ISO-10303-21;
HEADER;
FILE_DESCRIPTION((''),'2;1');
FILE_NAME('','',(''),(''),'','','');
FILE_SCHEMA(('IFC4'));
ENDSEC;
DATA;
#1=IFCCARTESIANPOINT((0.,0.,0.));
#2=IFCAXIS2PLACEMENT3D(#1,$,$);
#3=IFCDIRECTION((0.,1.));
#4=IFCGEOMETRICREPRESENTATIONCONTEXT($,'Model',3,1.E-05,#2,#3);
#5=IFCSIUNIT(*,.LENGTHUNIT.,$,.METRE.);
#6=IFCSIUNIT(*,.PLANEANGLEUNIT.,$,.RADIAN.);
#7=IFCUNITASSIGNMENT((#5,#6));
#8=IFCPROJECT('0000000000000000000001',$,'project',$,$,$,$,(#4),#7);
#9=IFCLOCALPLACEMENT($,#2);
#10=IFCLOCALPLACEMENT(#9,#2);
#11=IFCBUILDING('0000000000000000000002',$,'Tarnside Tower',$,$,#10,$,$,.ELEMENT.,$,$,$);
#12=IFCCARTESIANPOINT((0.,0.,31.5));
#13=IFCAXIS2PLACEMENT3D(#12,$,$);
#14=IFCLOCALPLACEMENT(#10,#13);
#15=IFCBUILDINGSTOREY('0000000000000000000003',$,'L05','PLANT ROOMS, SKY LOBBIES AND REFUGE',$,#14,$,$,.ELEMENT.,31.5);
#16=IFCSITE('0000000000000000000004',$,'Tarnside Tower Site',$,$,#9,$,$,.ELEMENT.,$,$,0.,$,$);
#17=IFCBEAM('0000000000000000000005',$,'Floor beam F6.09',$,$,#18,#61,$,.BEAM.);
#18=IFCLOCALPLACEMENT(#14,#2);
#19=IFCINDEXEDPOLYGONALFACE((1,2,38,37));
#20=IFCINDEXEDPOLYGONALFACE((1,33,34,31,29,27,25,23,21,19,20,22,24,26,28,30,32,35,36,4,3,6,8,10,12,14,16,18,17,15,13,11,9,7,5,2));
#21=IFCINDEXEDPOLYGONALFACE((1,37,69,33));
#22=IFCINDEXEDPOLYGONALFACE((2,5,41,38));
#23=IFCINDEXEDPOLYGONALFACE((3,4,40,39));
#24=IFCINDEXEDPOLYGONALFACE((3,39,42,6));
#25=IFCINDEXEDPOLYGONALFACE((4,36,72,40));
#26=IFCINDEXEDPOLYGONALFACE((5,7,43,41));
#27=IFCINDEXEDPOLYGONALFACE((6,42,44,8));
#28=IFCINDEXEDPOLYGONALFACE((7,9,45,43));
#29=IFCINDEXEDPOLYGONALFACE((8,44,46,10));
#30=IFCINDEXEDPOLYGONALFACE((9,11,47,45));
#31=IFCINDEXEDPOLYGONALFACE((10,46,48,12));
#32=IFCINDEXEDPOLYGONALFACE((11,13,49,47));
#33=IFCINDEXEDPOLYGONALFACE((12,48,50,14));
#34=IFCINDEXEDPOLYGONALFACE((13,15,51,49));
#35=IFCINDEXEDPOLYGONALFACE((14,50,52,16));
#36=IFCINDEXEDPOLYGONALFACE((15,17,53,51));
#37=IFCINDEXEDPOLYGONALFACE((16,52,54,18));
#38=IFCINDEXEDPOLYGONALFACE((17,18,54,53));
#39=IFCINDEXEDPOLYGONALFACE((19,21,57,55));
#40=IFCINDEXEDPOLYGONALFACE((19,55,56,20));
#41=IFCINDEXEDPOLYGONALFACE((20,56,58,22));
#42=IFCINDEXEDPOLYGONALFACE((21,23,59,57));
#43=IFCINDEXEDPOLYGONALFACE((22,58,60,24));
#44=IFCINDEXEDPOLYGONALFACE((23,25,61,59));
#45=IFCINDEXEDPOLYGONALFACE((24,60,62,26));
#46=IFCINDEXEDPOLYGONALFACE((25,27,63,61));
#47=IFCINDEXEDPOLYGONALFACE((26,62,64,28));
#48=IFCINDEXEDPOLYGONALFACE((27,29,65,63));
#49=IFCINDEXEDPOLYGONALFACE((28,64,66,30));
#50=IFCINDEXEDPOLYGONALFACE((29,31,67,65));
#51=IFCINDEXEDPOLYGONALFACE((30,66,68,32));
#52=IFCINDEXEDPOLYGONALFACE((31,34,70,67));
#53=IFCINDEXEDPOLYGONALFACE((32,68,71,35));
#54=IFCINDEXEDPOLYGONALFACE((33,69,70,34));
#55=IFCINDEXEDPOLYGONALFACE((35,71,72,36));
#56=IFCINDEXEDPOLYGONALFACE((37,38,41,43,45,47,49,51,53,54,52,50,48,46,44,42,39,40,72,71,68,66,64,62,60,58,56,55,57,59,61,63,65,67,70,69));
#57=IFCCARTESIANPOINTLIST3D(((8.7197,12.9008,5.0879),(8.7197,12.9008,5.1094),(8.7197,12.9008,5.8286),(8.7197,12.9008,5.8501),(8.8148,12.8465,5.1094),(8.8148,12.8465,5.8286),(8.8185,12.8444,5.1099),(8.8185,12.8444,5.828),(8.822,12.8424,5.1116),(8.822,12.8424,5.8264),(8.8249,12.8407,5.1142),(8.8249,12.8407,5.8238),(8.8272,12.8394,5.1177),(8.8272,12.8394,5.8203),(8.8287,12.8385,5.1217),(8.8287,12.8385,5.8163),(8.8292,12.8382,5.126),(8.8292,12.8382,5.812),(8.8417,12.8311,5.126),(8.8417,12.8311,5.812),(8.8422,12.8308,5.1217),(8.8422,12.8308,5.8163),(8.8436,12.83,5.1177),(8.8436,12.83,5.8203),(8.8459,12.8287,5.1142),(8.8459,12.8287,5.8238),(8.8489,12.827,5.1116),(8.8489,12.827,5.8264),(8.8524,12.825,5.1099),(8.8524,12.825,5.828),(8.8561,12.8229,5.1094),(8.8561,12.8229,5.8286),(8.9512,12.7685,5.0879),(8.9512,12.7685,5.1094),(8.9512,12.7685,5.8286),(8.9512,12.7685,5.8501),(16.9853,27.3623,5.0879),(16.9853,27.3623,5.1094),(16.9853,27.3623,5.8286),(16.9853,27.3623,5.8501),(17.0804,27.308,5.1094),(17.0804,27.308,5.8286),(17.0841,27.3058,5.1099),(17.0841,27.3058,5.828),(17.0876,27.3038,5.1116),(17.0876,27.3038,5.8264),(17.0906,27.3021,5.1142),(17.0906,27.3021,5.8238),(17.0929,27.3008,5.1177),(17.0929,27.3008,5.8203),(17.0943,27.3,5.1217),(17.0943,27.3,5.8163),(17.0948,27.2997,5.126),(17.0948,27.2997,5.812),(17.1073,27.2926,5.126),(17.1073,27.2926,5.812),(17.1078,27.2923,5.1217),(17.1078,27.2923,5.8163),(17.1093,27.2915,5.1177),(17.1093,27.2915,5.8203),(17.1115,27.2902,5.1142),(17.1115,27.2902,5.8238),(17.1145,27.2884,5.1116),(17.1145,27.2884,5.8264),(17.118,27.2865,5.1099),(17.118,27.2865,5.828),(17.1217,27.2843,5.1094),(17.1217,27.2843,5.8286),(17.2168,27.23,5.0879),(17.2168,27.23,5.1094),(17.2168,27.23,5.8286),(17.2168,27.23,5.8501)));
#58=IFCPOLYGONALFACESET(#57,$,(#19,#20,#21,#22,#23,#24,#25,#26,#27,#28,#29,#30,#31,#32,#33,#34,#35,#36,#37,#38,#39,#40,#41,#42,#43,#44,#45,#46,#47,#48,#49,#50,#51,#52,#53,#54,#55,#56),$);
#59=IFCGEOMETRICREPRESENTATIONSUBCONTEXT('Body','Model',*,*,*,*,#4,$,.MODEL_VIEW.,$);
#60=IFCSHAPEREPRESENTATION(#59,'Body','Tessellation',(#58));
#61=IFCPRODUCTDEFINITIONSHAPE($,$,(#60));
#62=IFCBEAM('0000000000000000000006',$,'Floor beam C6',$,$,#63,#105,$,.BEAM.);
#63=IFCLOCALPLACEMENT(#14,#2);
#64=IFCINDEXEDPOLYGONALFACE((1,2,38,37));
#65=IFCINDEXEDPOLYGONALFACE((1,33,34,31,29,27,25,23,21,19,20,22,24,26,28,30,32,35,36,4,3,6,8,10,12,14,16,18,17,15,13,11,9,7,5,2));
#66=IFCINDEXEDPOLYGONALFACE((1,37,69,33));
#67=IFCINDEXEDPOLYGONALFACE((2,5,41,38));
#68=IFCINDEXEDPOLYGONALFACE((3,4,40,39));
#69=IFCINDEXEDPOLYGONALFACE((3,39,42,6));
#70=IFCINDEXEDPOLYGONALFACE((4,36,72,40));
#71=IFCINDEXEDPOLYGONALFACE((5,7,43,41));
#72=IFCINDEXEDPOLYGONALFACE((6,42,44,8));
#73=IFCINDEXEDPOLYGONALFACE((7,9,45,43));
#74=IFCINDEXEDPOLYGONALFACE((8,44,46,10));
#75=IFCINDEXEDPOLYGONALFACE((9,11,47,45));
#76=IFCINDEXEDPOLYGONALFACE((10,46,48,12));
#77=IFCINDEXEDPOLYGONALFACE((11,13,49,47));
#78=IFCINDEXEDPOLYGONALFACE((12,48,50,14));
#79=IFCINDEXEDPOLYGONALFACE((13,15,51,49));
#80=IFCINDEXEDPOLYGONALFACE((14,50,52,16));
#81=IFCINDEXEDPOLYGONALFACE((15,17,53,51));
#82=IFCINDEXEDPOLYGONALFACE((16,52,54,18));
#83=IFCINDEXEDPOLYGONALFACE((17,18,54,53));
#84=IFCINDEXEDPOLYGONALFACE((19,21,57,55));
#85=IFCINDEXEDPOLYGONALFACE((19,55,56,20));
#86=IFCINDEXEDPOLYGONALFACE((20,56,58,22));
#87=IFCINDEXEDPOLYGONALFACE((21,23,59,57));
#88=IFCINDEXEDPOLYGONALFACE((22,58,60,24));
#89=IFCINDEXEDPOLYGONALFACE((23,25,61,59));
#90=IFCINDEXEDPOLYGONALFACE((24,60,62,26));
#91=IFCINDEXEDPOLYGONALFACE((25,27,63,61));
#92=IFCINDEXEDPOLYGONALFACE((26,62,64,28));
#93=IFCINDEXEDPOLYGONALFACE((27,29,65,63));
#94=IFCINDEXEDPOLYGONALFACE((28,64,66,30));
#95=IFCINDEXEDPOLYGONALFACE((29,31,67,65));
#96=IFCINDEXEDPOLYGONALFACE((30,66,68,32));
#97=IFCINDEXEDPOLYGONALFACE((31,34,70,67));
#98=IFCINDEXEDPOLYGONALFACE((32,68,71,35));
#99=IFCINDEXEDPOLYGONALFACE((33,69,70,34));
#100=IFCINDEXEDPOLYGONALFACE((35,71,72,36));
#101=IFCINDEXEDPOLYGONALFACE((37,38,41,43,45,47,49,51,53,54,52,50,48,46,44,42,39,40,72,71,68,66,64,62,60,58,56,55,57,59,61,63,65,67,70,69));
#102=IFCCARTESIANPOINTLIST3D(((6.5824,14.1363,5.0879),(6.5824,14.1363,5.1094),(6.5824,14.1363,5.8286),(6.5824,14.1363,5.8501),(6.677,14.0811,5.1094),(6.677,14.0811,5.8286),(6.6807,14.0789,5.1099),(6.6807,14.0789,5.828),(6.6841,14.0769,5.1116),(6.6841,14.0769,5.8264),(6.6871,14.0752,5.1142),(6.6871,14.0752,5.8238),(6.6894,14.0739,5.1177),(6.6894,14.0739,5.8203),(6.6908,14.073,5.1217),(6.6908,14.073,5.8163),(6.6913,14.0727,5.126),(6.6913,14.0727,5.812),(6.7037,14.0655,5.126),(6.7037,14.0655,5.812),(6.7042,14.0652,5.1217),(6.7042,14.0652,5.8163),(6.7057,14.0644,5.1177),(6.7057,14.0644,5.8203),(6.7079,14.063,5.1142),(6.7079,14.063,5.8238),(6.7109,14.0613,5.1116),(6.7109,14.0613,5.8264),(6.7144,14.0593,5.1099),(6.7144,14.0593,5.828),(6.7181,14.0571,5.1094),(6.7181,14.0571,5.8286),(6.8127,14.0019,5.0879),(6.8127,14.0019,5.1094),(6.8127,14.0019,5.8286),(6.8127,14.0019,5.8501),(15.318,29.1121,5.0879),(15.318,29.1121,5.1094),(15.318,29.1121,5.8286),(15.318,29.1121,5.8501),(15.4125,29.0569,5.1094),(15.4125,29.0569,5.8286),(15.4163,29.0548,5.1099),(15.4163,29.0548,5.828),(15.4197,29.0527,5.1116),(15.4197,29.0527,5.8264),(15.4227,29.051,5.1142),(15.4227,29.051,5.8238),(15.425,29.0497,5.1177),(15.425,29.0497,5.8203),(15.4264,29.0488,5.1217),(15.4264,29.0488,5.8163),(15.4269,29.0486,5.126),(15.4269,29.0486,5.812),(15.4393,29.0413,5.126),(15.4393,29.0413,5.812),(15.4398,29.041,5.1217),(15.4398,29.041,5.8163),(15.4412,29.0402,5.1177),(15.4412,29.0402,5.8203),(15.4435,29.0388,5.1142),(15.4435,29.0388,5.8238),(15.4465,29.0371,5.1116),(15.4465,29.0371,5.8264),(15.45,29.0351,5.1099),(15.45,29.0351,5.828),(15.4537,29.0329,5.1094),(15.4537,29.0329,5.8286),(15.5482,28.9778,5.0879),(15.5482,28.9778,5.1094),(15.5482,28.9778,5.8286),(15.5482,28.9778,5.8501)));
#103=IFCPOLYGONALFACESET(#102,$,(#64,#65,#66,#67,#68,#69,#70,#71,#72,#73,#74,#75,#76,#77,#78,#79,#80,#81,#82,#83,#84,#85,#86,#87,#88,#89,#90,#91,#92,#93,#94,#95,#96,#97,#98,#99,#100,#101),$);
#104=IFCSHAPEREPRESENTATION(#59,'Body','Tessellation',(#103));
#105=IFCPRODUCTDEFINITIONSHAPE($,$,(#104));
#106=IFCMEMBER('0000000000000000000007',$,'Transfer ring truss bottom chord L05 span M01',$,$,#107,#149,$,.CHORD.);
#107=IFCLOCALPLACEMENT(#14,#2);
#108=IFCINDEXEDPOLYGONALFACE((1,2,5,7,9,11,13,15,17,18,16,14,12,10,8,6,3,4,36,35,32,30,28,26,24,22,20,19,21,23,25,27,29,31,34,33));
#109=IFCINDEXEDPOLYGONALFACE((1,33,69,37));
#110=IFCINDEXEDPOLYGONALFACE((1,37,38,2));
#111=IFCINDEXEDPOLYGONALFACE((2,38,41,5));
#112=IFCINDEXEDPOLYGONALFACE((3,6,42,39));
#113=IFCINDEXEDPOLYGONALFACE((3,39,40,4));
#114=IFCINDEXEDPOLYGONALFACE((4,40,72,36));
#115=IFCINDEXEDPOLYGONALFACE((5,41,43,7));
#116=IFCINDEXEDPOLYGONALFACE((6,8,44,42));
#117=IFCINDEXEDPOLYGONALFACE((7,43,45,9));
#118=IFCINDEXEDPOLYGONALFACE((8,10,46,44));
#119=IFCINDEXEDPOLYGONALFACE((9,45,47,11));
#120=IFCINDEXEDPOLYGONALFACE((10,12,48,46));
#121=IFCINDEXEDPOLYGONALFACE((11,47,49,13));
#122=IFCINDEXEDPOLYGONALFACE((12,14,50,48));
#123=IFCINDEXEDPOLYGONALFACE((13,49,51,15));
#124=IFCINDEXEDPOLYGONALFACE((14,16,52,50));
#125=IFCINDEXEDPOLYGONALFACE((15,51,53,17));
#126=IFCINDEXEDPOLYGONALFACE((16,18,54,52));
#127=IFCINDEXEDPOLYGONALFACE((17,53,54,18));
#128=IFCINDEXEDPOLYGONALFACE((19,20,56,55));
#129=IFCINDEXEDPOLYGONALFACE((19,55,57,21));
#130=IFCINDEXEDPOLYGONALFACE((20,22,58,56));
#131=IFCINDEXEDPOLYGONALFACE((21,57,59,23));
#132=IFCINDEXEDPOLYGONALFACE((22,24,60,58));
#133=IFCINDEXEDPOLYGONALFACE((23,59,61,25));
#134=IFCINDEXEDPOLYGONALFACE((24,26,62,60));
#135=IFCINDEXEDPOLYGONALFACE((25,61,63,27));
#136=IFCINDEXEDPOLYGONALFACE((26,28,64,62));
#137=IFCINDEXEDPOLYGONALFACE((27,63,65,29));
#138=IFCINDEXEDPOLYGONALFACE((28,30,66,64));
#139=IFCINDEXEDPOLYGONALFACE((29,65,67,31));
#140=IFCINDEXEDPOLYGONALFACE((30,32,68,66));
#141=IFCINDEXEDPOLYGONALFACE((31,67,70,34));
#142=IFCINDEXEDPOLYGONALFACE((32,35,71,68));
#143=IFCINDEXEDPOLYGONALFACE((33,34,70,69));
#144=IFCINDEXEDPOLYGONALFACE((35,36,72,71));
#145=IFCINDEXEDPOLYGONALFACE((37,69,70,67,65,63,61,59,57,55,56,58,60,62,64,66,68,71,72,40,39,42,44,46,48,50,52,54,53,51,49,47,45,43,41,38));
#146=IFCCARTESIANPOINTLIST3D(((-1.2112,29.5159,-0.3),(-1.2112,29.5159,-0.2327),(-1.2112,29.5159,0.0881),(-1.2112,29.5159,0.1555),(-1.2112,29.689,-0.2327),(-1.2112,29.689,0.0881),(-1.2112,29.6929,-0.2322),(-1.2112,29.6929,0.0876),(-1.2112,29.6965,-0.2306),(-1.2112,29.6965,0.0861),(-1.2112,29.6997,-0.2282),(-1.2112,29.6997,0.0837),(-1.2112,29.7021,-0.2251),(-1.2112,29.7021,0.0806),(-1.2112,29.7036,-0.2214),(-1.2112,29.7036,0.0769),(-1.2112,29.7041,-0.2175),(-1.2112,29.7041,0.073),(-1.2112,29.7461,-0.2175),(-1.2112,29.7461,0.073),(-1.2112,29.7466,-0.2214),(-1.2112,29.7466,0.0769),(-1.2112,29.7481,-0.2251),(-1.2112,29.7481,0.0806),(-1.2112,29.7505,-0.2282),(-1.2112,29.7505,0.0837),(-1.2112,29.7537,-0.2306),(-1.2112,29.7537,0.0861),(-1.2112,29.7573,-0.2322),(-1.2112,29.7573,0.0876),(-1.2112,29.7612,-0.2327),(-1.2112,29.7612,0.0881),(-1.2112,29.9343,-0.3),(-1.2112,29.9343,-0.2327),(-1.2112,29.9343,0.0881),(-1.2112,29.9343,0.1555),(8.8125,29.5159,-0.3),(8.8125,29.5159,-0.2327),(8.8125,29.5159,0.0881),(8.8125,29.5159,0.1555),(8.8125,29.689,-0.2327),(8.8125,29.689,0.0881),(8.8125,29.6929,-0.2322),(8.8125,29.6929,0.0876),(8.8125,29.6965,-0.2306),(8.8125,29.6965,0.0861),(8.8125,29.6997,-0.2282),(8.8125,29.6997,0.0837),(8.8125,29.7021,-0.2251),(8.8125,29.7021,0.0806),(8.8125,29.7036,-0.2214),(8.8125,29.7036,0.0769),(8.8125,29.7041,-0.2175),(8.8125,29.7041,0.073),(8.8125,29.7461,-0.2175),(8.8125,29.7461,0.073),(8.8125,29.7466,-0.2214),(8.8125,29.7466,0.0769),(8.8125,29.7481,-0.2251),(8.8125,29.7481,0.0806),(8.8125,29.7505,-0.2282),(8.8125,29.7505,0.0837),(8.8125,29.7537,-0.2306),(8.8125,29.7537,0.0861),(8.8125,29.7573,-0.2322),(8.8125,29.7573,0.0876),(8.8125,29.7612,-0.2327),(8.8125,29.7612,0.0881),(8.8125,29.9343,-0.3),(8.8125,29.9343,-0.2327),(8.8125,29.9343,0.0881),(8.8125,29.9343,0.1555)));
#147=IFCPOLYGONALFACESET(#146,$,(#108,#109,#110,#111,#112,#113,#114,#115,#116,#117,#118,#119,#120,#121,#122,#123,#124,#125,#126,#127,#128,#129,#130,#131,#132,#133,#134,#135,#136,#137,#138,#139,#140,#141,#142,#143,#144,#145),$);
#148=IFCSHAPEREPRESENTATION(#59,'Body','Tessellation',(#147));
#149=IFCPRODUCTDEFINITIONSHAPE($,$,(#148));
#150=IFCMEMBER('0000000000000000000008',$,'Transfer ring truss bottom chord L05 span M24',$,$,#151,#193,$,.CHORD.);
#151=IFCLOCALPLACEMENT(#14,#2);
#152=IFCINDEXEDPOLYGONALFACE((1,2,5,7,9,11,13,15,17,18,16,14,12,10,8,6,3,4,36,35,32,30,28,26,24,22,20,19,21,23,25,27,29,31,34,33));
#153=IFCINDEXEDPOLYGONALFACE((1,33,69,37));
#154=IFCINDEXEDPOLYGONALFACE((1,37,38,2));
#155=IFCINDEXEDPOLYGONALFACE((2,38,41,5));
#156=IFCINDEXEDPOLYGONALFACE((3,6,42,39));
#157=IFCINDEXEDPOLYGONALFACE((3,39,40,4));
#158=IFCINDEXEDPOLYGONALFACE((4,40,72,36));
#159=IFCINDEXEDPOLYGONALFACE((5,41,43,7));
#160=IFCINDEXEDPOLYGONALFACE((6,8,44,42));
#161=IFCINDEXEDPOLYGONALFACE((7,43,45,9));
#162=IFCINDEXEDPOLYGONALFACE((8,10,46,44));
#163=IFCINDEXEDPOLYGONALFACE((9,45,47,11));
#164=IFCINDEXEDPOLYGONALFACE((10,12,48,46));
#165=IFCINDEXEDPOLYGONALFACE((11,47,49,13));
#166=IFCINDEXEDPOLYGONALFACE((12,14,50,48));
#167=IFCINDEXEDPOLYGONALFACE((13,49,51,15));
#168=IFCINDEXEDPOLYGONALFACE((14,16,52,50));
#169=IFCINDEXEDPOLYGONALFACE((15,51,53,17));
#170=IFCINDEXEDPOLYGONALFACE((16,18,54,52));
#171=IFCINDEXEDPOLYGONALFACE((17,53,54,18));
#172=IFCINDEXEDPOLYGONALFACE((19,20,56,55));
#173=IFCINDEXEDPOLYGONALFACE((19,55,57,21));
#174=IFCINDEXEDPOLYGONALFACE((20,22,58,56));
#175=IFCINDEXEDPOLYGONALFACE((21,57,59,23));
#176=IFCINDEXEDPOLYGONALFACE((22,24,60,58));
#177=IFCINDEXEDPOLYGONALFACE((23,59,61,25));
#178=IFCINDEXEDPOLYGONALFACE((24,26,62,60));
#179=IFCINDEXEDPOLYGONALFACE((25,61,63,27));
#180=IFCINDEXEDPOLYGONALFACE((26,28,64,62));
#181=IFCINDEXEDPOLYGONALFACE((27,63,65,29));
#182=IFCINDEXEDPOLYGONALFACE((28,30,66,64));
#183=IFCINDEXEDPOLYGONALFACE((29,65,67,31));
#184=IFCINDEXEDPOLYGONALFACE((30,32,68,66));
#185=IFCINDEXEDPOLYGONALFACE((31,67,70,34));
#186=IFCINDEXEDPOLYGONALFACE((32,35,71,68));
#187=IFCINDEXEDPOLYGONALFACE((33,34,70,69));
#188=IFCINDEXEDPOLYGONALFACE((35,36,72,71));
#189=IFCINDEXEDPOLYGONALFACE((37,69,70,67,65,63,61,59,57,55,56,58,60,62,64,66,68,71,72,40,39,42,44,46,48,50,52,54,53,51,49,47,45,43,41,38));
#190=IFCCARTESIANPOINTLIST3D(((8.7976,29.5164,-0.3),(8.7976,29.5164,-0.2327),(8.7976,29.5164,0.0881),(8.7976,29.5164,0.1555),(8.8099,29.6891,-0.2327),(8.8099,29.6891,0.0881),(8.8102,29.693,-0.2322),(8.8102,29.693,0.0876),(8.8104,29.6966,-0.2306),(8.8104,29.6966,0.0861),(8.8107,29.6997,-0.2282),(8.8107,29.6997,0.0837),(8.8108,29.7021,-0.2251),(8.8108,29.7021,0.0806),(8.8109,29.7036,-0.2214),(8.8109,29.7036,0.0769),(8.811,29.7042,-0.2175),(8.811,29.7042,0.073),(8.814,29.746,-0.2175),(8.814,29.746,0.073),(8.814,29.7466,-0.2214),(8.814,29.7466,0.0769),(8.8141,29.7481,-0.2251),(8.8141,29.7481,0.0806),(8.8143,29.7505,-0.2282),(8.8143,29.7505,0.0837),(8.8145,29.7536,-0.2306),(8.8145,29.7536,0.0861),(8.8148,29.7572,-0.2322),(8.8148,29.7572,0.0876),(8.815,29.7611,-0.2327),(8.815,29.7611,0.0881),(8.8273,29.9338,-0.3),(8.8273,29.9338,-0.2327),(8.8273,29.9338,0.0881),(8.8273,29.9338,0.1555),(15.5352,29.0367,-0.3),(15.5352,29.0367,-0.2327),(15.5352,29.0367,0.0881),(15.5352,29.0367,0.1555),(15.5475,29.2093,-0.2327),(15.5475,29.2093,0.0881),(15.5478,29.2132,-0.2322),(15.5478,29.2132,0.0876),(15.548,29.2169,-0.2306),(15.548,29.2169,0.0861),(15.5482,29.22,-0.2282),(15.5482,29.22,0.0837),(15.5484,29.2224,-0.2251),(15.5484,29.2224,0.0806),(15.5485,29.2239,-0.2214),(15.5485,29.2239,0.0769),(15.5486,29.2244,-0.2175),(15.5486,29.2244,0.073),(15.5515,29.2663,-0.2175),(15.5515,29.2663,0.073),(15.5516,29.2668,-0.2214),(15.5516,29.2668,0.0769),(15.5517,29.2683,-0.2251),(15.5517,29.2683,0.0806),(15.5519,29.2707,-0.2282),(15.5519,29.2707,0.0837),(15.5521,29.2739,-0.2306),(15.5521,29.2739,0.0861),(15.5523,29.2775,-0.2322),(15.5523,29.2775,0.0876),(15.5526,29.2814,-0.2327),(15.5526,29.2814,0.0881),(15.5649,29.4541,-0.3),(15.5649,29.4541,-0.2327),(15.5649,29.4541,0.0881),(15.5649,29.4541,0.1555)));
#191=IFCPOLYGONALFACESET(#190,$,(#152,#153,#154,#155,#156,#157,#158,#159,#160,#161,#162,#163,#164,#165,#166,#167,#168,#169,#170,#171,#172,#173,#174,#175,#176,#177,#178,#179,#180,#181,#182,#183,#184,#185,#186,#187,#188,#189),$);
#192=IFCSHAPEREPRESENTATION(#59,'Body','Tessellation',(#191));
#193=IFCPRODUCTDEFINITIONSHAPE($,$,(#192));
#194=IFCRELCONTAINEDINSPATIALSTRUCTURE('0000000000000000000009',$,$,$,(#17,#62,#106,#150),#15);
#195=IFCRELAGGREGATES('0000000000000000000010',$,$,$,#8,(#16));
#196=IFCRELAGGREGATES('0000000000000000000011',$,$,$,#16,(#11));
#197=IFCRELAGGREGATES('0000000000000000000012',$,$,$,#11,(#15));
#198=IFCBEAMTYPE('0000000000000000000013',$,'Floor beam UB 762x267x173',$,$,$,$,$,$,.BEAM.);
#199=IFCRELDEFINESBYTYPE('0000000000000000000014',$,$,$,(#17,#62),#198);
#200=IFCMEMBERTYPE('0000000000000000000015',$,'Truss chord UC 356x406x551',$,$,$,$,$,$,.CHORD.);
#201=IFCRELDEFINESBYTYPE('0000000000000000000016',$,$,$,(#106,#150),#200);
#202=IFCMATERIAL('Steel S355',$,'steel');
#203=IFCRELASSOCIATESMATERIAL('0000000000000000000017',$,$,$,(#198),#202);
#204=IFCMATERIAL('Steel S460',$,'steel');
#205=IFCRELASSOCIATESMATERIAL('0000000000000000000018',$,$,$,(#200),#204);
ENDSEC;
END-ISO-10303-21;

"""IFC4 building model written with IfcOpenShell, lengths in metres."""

from ifc_helpers import new_model, si_unit, direction, frame, origin, origin_2d, place, context, subcontext, project, spatial, i_section, extrude, material, material_profile, profile_set, type_object, element, save


model = new_model("IFC4")

# Units and contexts
model_context = context("Model", 3, precision=1e-05, world=origin(), true_north=direction((0.0, 1.0)))
body_context = subcontext(model_context, "Body", "Model", "MODEL_VIEW")
ifc_project = project(units=[si_unit("LENGTHUNIT", "METRE"), si_unit("PLANEANGLEUNIT", "RADIAN")], contexts=[model_context])

# Site, building, storey
site_placement = place(None, origin())
site = spatial("IfcSite", under=ifc_project, at=site_placement, Name="Tarnside Tower Site", CompositionType="ELEMENT", RefElevation=0.0)
building_placement = place(site_placement, origin())
building = spatial("IfcBuilding", under=site, at=building_placement, Name="Tarnside Tower", CompositionType="ELEMENT")
storey_placement = place(building_placement, frame((0.0, 0.0, 31.5)))
storey = spatial("IfcBuildingStorey", under=building, at=storey_placement, Name="L05", Description="PLANT ROOMS, SKY LOBBIES AND REFUGE", CompositionType="ELEMENT", Elevation=31.5)

# Beams
ifc_material_1 = material(Name="Steel S355", Category="steel")
ifc_material_profile_1 = material_profile(ifc_material_1, i_section(OverallWidth=0.2666, OverallDepth=0.7622, WebThickness=0.0144, FlangeThickness=0.0215, FilletRadius=0.0166, at=origin_2d()), Name="UB 762x267x173")
ifc_profile_set_1 = profile_set([ifc_material_profile_1], Name="Steel S355")
beam_type_1 = type_object("IfcBeamType", Name="Floor beam UB 762x267x173", PredefinedType="BEAM", material=ifc_profile_set_1)
beam_1_placement = place(storey_placement, frame((17.1011, 27.2961, 5.469), z_axis=(-0.496227, -0.868193, 0.0), x_axis=(0.868193, -0.496227, 0.0)))
element("IfcBeam", 1, at=beam_1_placement, inside=storey, type_object=beam_type_1, Name="Floor beam F6.09", PredefinedType="BEAM", context=body_context, shape_type="SweptSolid", body=[
    extrude(i_section(OverallWidth=0.2666, OverallDepth=0.7622, WebThickness=0.0144, FlangeThickness=0.0215, FilletRadius=0.0166, at=origin_2d()), origin(), (0.0, 0.0, 1.0), 16.657),
])
beam_2_placement = place(storey_placement, frame((15.4331, 29.0449, 5.469), z_axis=(-0.503858, -0.863787, 0.0), x_axis=(0.863787, -0.503858, 0.0)))
element("IfcBeam", 2, at=beam_2_placement, inside=storey, type_object=beam_type_1, Name="Floor beam C6", PredefinedType="BEAM", context=body_context, shape_type="SweptSolid", body=[
    extrude(i_section(OverallWidth=0.2666, OverallDepth=0.7622, WebThickness=0.0144, FlangeThickness=0.0215, FilletRadius=0.0166, at=origin_2d()), origin(), (0.0, 0.0, 1.0), 17.3374),
])

# Members
ifc_material_2 = material(Name="Steel S460", Category="steel")
ifc_material_profile_2 = material_profile(ifc_material_2, i_section(OverallWidth=0.4185, OverallDepth=0.4556, WebThickness=0.042, FlangeThickness=0.0674, FilletRadius=0.0151, at=origin_2d()), Name="UC 356x406x551")
ifc_profile_set_2 = profile_set([ifc_material_profile_2], Name="Steel S460")
member_type_1 = type_object("IfcMemberType", Name="Truss chord UC 356x406x551", PredefinedType="CHORD", material=ifc_profile_set_2)
member_1_placement = place(storey_placement, frame((8.8125, 29.7251, -0.0723), z_axis=(-1.0, 0.0, 0.0), x_axis=(0.0, -1.0, 0.0)))
element("IfcMember", 3, at=member_1_placement, inside=storey, type_object=member_type_1, Name="Transfer ring truss bottom chord L05 span M01", PredefinedType="CHORD", context=body_context, shape_type="SweptSolid", body=[
    extrude(i_section(OverallWidth=0.4185, OverallDepth=0.4556, WebThickness=0.042, FlangeThickness=0.0674, FilletRadius=0.0151, at=origin_2d()), origin(), (0.0, 0.0, 1.0), 10.0237),
])
member_2_placement = place(storey_placement, frame((15.55, 29.2454, -0.0723), z_axis=(-0.997475, 0.071024, 0.0), x_axis=(-0.071024, -0.997475, 0.0)))
element("IfcMember", 4, at=member_2_placement, inside=storey, type_object=member_type_1, Name="Transfer ring truss bottom chord L05 span M24", PredefinedType="CHORD", context=body_context, shape_type="SweptSolid", body=[
    extrude(i_section(OverallWidth=0.4185, OverallDepth=0.4556, WebThickness=0.042, FlangeThickness=0.0674, FilletRadius=0.0151, at=origin_2d()), origin(), (0.0, 0.0, 1.0), 6.7546),
])

save(model, "model.ifc")
